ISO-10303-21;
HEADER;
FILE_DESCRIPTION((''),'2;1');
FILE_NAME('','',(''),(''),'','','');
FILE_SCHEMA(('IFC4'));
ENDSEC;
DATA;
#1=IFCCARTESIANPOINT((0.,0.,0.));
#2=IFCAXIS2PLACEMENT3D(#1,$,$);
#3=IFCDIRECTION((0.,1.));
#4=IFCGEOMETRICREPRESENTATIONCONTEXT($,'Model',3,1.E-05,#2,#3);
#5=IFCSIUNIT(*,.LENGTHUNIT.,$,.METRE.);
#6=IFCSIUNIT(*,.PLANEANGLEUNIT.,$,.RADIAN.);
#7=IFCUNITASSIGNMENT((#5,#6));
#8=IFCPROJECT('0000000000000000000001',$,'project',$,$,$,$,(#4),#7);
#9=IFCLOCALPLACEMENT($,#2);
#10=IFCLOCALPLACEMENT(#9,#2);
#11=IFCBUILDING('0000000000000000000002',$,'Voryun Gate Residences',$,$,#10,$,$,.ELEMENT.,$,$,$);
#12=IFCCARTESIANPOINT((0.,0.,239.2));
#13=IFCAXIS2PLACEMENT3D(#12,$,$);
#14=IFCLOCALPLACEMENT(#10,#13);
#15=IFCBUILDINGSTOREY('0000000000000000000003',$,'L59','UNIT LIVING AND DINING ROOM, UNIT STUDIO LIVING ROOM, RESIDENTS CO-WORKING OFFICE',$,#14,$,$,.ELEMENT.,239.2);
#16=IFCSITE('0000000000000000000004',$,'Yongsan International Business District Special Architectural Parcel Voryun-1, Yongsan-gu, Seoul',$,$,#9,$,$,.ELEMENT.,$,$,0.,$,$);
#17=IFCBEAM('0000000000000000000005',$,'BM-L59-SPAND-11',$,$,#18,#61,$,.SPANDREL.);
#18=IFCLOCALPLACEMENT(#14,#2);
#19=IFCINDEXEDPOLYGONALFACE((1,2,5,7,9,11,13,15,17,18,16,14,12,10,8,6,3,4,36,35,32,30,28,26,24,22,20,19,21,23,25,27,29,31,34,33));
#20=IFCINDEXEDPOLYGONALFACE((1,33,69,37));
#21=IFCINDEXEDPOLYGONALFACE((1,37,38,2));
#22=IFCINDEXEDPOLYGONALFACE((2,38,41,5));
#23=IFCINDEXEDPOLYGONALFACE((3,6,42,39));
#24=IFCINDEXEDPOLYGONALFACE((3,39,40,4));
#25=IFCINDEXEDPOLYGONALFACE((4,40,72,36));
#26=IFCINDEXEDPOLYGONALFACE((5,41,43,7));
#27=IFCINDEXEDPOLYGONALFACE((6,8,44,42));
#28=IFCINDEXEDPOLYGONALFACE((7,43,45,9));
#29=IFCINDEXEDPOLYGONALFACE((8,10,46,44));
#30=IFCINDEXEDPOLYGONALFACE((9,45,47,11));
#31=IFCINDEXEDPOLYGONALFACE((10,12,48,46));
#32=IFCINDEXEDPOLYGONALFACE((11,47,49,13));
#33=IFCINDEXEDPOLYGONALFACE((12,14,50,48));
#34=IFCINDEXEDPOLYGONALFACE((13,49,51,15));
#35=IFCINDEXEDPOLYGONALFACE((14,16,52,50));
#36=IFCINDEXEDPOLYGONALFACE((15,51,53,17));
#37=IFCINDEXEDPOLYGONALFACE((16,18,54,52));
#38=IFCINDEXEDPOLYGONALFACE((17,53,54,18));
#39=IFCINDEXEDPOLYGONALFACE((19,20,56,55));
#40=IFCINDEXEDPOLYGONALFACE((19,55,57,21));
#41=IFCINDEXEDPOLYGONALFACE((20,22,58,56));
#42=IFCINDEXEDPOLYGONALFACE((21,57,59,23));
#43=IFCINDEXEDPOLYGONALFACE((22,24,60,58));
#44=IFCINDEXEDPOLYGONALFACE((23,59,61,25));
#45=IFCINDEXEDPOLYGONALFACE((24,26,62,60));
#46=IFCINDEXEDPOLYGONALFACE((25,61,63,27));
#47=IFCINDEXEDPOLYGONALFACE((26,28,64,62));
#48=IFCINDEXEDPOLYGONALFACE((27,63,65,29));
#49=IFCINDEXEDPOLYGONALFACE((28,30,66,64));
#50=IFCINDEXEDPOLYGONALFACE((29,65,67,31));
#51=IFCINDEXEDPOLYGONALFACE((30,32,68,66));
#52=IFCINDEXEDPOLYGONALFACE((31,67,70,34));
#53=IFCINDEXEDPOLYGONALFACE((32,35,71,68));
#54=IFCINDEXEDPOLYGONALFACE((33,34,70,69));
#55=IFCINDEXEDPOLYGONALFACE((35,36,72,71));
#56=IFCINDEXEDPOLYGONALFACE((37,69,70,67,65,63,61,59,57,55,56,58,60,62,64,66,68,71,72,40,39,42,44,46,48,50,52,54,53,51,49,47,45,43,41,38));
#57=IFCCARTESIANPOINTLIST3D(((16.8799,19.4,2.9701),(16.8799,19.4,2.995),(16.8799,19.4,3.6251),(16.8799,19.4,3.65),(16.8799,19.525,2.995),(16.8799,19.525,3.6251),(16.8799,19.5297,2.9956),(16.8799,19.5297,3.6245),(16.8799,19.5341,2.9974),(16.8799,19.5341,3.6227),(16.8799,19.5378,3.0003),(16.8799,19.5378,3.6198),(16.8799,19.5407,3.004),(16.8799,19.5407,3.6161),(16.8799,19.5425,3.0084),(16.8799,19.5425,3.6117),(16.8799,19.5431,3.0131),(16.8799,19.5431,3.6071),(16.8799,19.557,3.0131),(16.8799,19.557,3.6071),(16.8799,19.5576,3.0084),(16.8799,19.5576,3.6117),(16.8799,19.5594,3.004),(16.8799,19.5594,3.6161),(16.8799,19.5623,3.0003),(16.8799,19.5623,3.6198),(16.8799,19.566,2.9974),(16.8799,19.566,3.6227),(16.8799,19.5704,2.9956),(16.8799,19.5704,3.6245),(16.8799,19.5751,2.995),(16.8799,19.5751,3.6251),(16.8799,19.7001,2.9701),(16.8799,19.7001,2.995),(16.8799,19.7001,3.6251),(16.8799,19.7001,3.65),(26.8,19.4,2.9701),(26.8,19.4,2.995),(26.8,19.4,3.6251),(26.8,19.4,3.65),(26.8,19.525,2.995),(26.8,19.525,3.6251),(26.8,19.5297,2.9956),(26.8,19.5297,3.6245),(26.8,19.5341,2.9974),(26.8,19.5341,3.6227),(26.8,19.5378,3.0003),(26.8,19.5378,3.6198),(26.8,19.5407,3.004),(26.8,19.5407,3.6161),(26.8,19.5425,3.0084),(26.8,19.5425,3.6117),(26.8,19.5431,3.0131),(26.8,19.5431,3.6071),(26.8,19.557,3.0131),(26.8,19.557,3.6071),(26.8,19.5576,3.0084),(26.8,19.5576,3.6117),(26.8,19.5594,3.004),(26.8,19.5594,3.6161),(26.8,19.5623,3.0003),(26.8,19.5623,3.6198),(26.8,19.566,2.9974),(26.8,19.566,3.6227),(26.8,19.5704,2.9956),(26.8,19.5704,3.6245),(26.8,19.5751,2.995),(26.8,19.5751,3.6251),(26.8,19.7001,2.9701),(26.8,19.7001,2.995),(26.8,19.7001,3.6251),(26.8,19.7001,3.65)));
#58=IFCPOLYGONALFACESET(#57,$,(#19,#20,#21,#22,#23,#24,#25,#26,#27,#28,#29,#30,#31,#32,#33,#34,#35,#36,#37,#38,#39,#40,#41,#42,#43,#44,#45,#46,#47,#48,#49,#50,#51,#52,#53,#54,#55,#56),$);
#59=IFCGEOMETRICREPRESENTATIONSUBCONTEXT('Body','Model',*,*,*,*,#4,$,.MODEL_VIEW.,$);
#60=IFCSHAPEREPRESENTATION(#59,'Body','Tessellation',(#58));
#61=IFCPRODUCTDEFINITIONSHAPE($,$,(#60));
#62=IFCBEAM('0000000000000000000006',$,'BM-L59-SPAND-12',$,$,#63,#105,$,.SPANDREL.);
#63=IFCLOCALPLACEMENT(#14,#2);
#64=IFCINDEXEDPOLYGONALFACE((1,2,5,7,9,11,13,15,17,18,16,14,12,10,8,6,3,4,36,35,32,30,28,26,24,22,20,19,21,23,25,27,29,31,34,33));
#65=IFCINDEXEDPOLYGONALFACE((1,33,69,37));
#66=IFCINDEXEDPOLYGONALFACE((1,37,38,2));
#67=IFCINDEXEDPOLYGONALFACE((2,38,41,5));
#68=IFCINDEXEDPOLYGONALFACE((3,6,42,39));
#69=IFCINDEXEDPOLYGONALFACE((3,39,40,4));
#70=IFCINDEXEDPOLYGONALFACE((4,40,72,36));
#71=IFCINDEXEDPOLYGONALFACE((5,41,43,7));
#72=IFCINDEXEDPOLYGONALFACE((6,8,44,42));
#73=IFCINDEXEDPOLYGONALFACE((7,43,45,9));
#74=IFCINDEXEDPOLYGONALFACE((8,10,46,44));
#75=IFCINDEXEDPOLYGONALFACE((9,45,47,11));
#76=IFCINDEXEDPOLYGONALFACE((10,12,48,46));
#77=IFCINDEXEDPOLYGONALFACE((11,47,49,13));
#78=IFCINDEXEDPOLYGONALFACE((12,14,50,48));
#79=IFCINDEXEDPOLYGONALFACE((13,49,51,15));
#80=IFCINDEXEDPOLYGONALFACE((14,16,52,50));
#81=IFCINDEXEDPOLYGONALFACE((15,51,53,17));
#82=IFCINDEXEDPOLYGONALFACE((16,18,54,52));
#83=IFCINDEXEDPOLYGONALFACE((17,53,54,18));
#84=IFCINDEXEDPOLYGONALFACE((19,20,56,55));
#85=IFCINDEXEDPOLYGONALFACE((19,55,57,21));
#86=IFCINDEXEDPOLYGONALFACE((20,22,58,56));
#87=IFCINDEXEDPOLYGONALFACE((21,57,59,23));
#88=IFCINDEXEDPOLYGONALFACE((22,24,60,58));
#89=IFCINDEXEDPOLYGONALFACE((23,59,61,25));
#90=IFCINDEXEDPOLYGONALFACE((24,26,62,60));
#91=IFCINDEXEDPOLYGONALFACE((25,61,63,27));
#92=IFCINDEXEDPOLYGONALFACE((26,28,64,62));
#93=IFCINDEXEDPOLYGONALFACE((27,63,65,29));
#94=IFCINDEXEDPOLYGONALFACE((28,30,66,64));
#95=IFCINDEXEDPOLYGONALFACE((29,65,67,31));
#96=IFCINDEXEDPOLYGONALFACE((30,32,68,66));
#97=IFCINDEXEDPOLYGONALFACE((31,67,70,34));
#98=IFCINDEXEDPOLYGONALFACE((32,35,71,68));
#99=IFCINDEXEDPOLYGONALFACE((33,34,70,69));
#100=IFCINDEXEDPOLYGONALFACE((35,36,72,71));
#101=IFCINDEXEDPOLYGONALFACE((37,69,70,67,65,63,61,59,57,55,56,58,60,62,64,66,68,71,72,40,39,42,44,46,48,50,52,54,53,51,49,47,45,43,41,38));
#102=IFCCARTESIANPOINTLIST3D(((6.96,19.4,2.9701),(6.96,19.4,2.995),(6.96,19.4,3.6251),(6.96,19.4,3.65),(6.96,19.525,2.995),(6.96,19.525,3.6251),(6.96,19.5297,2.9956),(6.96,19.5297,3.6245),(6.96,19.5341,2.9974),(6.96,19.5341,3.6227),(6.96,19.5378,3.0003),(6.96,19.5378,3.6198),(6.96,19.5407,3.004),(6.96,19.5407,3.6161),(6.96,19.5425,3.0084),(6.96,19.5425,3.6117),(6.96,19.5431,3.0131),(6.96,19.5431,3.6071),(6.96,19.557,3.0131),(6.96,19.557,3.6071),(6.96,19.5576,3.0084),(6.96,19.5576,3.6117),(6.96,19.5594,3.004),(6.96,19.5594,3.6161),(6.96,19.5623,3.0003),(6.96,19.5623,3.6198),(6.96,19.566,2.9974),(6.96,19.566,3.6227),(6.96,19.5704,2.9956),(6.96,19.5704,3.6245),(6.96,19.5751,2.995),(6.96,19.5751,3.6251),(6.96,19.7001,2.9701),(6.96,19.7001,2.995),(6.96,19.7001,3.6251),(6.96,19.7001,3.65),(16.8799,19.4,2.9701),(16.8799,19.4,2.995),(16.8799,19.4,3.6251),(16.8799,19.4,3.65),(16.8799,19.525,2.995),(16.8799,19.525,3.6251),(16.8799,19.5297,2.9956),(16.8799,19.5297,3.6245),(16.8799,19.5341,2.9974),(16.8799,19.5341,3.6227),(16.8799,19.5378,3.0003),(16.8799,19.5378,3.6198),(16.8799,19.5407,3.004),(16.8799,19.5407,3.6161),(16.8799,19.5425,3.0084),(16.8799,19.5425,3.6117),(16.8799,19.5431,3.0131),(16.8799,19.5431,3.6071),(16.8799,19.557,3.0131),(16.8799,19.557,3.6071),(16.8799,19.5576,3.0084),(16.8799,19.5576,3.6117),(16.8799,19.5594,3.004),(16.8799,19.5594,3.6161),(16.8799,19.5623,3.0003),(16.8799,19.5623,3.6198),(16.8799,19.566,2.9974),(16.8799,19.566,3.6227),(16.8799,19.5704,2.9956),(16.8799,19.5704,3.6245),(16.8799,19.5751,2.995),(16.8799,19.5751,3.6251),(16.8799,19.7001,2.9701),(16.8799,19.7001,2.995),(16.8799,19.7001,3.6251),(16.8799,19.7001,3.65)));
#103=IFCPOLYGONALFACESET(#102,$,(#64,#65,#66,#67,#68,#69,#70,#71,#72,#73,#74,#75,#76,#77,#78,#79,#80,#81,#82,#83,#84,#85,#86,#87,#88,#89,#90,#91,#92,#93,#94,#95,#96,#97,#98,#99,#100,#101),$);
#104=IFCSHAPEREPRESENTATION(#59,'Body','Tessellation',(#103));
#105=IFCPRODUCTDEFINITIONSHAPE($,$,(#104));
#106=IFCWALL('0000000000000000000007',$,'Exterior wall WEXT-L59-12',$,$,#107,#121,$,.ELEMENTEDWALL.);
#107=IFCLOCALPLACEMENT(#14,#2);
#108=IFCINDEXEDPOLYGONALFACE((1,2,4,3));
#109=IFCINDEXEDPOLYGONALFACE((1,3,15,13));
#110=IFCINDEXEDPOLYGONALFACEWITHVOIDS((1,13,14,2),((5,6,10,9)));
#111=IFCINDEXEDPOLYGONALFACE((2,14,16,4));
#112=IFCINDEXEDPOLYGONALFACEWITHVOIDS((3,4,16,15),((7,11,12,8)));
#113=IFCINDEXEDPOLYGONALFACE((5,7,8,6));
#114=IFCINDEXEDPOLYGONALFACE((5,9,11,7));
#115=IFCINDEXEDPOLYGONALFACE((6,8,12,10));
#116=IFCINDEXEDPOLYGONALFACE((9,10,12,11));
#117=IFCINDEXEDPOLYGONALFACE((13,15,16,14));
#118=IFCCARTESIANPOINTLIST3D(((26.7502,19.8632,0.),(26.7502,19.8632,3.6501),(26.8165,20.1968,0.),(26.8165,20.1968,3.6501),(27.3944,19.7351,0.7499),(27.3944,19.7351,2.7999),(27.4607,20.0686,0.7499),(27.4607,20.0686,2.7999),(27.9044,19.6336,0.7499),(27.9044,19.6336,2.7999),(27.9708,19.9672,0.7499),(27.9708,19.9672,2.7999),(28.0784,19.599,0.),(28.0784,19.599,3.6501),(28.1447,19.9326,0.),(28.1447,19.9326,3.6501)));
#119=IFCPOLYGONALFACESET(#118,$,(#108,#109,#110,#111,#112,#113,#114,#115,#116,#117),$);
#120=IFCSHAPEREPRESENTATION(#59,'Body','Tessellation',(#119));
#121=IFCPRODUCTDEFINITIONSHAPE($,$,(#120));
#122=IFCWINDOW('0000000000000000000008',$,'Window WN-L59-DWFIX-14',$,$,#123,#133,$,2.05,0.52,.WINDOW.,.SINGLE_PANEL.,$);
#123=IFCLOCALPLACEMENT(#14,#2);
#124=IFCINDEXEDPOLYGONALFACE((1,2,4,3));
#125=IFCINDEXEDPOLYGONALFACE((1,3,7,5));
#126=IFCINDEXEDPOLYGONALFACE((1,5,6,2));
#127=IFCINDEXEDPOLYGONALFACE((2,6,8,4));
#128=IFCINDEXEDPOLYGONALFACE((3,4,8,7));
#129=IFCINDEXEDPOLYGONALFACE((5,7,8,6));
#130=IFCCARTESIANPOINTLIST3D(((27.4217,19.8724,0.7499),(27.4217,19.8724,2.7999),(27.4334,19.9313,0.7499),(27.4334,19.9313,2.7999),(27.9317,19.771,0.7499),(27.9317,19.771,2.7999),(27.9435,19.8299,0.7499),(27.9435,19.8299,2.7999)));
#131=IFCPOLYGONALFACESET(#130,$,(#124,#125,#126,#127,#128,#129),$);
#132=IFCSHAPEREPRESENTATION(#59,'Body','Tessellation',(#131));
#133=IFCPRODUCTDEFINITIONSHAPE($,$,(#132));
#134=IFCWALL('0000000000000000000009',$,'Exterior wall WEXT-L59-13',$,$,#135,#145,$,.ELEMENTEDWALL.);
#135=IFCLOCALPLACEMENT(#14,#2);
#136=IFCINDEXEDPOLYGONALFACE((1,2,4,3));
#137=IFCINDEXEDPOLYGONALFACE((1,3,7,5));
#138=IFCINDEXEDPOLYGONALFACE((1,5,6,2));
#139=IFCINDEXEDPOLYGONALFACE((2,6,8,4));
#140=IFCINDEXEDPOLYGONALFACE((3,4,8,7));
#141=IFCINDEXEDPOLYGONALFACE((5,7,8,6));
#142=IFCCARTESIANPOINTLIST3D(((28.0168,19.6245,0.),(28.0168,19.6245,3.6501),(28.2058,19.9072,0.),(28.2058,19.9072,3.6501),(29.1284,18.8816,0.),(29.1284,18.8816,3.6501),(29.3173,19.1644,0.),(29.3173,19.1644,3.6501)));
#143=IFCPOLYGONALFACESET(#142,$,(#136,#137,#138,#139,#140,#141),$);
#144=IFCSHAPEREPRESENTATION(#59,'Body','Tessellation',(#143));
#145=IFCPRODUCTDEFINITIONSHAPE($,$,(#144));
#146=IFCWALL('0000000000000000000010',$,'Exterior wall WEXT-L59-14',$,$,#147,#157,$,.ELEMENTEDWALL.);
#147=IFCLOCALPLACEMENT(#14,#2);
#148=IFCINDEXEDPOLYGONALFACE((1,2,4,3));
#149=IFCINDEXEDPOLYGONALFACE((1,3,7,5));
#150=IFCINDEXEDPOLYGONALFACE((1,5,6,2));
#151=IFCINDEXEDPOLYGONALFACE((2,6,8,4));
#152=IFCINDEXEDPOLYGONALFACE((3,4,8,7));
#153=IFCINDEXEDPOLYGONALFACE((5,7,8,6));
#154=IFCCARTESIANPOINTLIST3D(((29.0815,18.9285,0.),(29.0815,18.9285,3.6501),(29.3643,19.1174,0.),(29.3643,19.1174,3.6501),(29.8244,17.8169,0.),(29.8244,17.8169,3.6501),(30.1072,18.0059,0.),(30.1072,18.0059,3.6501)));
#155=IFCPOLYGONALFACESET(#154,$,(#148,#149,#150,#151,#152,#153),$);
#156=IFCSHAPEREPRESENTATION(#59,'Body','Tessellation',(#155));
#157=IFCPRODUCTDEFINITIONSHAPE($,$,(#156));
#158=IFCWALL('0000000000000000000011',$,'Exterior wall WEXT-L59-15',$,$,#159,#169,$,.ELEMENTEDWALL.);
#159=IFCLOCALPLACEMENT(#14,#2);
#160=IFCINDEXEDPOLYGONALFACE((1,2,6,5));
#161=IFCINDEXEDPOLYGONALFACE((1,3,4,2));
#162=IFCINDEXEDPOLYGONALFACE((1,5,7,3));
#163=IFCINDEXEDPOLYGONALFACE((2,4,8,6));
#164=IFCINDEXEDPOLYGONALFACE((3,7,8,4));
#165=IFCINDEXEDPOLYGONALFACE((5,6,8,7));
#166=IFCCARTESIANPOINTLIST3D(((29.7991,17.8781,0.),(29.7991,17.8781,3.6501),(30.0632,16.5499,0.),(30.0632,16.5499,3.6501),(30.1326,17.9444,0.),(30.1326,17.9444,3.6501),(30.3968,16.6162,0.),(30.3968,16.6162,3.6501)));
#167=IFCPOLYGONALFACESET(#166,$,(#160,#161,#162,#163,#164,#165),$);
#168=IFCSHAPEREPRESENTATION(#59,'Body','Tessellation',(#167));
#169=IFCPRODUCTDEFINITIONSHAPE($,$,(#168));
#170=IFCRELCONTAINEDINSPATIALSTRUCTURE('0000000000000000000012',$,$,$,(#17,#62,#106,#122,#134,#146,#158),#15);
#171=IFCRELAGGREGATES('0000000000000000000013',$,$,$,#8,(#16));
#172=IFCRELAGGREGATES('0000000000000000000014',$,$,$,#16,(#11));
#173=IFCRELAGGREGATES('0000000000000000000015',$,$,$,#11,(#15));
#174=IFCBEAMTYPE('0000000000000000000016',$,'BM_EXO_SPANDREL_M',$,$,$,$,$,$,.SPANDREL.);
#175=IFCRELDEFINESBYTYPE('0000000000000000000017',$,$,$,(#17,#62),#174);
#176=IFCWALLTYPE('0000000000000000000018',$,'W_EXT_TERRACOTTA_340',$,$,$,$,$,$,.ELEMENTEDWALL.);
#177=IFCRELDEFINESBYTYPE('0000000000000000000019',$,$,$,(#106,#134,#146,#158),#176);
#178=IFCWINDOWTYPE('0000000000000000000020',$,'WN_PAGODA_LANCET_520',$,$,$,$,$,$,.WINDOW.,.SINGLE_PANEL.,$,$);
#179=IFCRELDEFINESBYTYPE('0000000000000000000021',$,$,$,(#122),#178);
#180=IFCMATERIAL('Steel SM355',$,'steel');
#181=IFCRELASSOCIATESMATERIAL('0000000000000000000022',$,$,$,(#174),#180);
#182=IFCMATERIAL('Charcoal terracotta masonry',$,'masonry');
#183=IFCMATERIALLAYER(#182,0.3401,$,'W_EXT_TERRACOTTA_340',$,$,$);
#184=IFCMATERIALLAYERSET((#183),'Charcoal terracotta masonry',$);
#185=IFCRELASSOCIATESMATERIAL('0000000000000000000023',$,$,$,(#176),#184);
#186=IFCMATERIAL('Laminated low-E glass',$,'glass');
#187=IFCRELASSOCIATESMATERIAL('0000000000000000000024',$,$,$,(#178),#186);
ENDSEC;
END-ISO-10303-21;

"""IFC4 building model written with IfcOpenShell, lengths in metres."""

from ifc_helpers import new_model, si_unit, direction, frame, frame_2d, origin, origin_2d, place, context, subcontext, project, spatial, rectangle, i_section, extrude, material, layer, layer_set, material_profile, profile_set, type_object, element, fill, save


model = new_model("IFC4")

# Units and contexts
model_context = context("Model", 3, precision=1e-05, world=origin(), true_north=direction((0.0, 1.0)))
body_context = subcontext(model_context, "Body", "Model", "MODEL_VIEW")
ifc_project = project(units=[si_unit("LENGTHUNIT", "METRE"), si_unit("PLANEANGLEUNIT", "RADIAN")], contexts=[model_context])

# Site, building, storey
site_placement = place(None, origin())
site = spatial("IfcSite", under=ifc_project, at=site_placement, Name="Yongsan International Business District Special Architectural Parcel Voryun-1, Yongsan-gu, Seoul", CompositionType="ELEMENT", RefElevation=0.0)
building_placement = place(site_placement, origin())
building = spatial("IfcBuilding", under=site, at=building_placement, Name="Voryun Gate Residences", CompositionType="ELEMENT")
storey_placement = place(building_placement, frame((0.0, 0.0, 239.2)))
storey = spatial("IfcBuildingStorey", under=building, at=storey_placement, Name="L59", Description="UNIT LIVING AND DINING ROOM, UNIT STUDIO LIVING ROOM, RESIDENTS CO-WORKING OFFICE", CompositionType="ELEMENT", Elevation=239.2)

# Beams
ifc_material_1 = material(Name="Steel SM355", Category="steel")
ifc_material_profile_1 = material_profile(ifc_material_1, i_section(OverallWidth=0.3, OverallDepth=0.6799, WebThickness=0.0139, FlangeThickness=0.0249, FilletRadius=0.0181, at=origin_2d()), Name="H-680x300x14x25")
ifc_profile_set_1 = profile_set([ifc_material_profile_1], Name="Steel SM355")
beam_type = type_object("IfcBeamType", Name="BM_EXO_SPANDREL_M", PredefinedType="SPANDREL", material=ifc_profile_set_1)
beam_1_placement = place(storey_placement, frame((26.8, 19.55, 3.3101), z_axis=(-1.0, 0.0, 0.0), x_axis=(0.0, -1.0, 0.0)))
element("IfcBeam", 1, at=beam_1_placement, inside=storey, type_object=beam_type, Name="BM-L59-SPAND-11", PredefinedType="SPANDREL", context=body_context, shape_type="SweptSolid", body=[
    extrude(i_section(OverallWidth=0.3, OverallDepth=0.6799, WebThickness=0.0139, FlangeThickness=0.0249, FilletRadius=0.0181, at=origin_2d()), origin(), (0.0, 0.0, 1.0), 9.9202),
])
beam_2_placement = place(storey_placement, frame((16.8799, 19.55, 3.3101), z_axis=(-1.0, 0.0, 0.0), x_axis=(0.0, -1.0, 0.0)))
element("IfcBeam", 2, at=beam_2_placement, inside=storey, type_object=beam_type, Name="BM-L59-SPAND-12", PredefinedType="SPANDREL", context=body_context, shape_type="SweptSolid", body=[
    extrude(i_section(OverallWidth=0.3, OverallDepth=0.6799, WebThickness=0.0139, FlangeThickness=0.0249, FilletRadius=0.0181, at=origin_2d()), origin(), (0.0, 0.0, 1.0), 9.9199),
])

# Wall, opening, window
ifc_material_2 = material(Name="Charcoal terracotta masonry", Category="masonry")
ifc_layer_1 = layer(ifc_material_2, 0.3401, Name="W_EXT_TERRACOTTA_340")
ifc_layer_set_1 = layer_set([ifc_layer_1], Name="Charcoal terracotta masonry")
wall_type_1 = type_object("IfcWallType", Name="W_EXT_TERRACOTTA_340", PredefinedType="ELEMENTEDWALL", material=ifc_layer_set_1)
wall_1_placement = place(storey_placement, frame((26.7832, 20.03, 0.0), z_axis=(0.0, 0.0, 1.0), x_axis=(0.980788, -0.195076, 0.0)))
wall_1 = element("IfcWall", 3, at=wall_1_placement, inside=storey, type_object=wall_type_1, Name="Exterior wall WEXT-L59-12", PredefinedType="ELEMENTEDWALL", context=body_context, shape_type="SweptSolid", body=[
    extrude(rectangle(XDim=1.3542, YDim=0.3401, at=frame_2d((0.6772, 0.0))), origin(), (0.0, 0.0, 1.0), 3.6501),
])
opening_1_placement = place(wall_1_placement, frame((0.657, 0.0, 0.75)))
opening_1 = element("IfcOpeningElement", 4, at=opening_1_placement, cuts=wall_1, PredefinedType="OPENING", context=body_context, shape_type="SweptSolid", body=[
    extrude(rectangle(XDim=0.52, YDim=2.05, at=frame_2d((0.26, 1.0249))), frame((0.0, 0.1799, 0.0), z_axis=(0.0, -1.0, 0.0), x_axis=(1.0, 0.0, 0.0)), (0.0, 0.0, 1.0), 0.3601),
])
ifc_material_3 = material(Name="Laminated low-E glass", Category="glass")
window_type_1 = type_object("IfcWindowType", Name="WN_PAGODA_LANCET_520", PartitioningType="SINGLE_PANEL", PredefinedType="WINDOW", material=ifc_material_3)
window_1_placement = place(opening_1_placement, origin())
window_1 = element("IfcWindow", 5, at=window_1_placement, inside=storey, type_object=window_type_1, Name="Window WN-L59-DWFIX-14", OverallHeight=2.05, OverallWidth=0.52, PartitioningType="SINGLE_PANEL", PredefinedType="WINDOW", context=body_context, shape_type="SweptSolid", body=[
    extrude(rectangle(XDim=0.52, YDim=2.05, at=frame_2d((0.26, 1.0249))), frame((0.0, 0.03, 0.0), z_axis=(0.0, -1.0, 0.0), x_axis=(1.0, 0.0, 0.0)), (0.0, 0.0, 1.0), 0.0601),
])
fill(opening_1, window_1)

# Walls
for number, where, z_axis, x_axis, name in (
    (6, (28.1113, 19.7659, 0.0), (0.0, 0.0, 1.0), (0.831404, -0.555669, 0.0), "Exterior wall WEXT-L59-13"),
    (7, (29.2229, 19.0229, 0.0), (0.0, 0.0, 1.0), (0.555669, -0.831404, 0.0), "Exterior wall WEXT-L59-14"),
):
    element("IfcWall", number, at=place(storey_placement, frame(where, z_axis=z_axis, x_axis=x_axis)), inside=storey, type_object=wall_type_1, Name=name, PredefinedType="ELEMENTEDWALL", context=body_context, shape_type="SweptSolid", body=[
        extrude(rectangle(XDim=1.3369, YDim=0.3401, at=frame_2d((0.6685, 0.0))), origin(), (0.0, 0.0, 1.0), 3.6501),
    ])
wall_2_placement = place(storey_placement, frame((29.9658, 17.9114, 0.0), z_axis=(0.0, 0.0, 1.0), x_axis=(0.195076, -0.980788, 0.0)))
element("IfcWall", 8, at=wall_2_placement, inside=storey, type_object=wall_type_1, Name="Exterior wall WEXT-L59-15", PredefinedType="ELEMENTEDWALL", context=body_context, shape_type="SweptSolid", body=[
    extrude(rectangle(XDim=1.3542, YDim=0.3401, at=frame_2d((0.6772, 0.0))), origin(), (0.0, 0.0, 1.0), 3.6501),
])

save(model, "model.ifc")
